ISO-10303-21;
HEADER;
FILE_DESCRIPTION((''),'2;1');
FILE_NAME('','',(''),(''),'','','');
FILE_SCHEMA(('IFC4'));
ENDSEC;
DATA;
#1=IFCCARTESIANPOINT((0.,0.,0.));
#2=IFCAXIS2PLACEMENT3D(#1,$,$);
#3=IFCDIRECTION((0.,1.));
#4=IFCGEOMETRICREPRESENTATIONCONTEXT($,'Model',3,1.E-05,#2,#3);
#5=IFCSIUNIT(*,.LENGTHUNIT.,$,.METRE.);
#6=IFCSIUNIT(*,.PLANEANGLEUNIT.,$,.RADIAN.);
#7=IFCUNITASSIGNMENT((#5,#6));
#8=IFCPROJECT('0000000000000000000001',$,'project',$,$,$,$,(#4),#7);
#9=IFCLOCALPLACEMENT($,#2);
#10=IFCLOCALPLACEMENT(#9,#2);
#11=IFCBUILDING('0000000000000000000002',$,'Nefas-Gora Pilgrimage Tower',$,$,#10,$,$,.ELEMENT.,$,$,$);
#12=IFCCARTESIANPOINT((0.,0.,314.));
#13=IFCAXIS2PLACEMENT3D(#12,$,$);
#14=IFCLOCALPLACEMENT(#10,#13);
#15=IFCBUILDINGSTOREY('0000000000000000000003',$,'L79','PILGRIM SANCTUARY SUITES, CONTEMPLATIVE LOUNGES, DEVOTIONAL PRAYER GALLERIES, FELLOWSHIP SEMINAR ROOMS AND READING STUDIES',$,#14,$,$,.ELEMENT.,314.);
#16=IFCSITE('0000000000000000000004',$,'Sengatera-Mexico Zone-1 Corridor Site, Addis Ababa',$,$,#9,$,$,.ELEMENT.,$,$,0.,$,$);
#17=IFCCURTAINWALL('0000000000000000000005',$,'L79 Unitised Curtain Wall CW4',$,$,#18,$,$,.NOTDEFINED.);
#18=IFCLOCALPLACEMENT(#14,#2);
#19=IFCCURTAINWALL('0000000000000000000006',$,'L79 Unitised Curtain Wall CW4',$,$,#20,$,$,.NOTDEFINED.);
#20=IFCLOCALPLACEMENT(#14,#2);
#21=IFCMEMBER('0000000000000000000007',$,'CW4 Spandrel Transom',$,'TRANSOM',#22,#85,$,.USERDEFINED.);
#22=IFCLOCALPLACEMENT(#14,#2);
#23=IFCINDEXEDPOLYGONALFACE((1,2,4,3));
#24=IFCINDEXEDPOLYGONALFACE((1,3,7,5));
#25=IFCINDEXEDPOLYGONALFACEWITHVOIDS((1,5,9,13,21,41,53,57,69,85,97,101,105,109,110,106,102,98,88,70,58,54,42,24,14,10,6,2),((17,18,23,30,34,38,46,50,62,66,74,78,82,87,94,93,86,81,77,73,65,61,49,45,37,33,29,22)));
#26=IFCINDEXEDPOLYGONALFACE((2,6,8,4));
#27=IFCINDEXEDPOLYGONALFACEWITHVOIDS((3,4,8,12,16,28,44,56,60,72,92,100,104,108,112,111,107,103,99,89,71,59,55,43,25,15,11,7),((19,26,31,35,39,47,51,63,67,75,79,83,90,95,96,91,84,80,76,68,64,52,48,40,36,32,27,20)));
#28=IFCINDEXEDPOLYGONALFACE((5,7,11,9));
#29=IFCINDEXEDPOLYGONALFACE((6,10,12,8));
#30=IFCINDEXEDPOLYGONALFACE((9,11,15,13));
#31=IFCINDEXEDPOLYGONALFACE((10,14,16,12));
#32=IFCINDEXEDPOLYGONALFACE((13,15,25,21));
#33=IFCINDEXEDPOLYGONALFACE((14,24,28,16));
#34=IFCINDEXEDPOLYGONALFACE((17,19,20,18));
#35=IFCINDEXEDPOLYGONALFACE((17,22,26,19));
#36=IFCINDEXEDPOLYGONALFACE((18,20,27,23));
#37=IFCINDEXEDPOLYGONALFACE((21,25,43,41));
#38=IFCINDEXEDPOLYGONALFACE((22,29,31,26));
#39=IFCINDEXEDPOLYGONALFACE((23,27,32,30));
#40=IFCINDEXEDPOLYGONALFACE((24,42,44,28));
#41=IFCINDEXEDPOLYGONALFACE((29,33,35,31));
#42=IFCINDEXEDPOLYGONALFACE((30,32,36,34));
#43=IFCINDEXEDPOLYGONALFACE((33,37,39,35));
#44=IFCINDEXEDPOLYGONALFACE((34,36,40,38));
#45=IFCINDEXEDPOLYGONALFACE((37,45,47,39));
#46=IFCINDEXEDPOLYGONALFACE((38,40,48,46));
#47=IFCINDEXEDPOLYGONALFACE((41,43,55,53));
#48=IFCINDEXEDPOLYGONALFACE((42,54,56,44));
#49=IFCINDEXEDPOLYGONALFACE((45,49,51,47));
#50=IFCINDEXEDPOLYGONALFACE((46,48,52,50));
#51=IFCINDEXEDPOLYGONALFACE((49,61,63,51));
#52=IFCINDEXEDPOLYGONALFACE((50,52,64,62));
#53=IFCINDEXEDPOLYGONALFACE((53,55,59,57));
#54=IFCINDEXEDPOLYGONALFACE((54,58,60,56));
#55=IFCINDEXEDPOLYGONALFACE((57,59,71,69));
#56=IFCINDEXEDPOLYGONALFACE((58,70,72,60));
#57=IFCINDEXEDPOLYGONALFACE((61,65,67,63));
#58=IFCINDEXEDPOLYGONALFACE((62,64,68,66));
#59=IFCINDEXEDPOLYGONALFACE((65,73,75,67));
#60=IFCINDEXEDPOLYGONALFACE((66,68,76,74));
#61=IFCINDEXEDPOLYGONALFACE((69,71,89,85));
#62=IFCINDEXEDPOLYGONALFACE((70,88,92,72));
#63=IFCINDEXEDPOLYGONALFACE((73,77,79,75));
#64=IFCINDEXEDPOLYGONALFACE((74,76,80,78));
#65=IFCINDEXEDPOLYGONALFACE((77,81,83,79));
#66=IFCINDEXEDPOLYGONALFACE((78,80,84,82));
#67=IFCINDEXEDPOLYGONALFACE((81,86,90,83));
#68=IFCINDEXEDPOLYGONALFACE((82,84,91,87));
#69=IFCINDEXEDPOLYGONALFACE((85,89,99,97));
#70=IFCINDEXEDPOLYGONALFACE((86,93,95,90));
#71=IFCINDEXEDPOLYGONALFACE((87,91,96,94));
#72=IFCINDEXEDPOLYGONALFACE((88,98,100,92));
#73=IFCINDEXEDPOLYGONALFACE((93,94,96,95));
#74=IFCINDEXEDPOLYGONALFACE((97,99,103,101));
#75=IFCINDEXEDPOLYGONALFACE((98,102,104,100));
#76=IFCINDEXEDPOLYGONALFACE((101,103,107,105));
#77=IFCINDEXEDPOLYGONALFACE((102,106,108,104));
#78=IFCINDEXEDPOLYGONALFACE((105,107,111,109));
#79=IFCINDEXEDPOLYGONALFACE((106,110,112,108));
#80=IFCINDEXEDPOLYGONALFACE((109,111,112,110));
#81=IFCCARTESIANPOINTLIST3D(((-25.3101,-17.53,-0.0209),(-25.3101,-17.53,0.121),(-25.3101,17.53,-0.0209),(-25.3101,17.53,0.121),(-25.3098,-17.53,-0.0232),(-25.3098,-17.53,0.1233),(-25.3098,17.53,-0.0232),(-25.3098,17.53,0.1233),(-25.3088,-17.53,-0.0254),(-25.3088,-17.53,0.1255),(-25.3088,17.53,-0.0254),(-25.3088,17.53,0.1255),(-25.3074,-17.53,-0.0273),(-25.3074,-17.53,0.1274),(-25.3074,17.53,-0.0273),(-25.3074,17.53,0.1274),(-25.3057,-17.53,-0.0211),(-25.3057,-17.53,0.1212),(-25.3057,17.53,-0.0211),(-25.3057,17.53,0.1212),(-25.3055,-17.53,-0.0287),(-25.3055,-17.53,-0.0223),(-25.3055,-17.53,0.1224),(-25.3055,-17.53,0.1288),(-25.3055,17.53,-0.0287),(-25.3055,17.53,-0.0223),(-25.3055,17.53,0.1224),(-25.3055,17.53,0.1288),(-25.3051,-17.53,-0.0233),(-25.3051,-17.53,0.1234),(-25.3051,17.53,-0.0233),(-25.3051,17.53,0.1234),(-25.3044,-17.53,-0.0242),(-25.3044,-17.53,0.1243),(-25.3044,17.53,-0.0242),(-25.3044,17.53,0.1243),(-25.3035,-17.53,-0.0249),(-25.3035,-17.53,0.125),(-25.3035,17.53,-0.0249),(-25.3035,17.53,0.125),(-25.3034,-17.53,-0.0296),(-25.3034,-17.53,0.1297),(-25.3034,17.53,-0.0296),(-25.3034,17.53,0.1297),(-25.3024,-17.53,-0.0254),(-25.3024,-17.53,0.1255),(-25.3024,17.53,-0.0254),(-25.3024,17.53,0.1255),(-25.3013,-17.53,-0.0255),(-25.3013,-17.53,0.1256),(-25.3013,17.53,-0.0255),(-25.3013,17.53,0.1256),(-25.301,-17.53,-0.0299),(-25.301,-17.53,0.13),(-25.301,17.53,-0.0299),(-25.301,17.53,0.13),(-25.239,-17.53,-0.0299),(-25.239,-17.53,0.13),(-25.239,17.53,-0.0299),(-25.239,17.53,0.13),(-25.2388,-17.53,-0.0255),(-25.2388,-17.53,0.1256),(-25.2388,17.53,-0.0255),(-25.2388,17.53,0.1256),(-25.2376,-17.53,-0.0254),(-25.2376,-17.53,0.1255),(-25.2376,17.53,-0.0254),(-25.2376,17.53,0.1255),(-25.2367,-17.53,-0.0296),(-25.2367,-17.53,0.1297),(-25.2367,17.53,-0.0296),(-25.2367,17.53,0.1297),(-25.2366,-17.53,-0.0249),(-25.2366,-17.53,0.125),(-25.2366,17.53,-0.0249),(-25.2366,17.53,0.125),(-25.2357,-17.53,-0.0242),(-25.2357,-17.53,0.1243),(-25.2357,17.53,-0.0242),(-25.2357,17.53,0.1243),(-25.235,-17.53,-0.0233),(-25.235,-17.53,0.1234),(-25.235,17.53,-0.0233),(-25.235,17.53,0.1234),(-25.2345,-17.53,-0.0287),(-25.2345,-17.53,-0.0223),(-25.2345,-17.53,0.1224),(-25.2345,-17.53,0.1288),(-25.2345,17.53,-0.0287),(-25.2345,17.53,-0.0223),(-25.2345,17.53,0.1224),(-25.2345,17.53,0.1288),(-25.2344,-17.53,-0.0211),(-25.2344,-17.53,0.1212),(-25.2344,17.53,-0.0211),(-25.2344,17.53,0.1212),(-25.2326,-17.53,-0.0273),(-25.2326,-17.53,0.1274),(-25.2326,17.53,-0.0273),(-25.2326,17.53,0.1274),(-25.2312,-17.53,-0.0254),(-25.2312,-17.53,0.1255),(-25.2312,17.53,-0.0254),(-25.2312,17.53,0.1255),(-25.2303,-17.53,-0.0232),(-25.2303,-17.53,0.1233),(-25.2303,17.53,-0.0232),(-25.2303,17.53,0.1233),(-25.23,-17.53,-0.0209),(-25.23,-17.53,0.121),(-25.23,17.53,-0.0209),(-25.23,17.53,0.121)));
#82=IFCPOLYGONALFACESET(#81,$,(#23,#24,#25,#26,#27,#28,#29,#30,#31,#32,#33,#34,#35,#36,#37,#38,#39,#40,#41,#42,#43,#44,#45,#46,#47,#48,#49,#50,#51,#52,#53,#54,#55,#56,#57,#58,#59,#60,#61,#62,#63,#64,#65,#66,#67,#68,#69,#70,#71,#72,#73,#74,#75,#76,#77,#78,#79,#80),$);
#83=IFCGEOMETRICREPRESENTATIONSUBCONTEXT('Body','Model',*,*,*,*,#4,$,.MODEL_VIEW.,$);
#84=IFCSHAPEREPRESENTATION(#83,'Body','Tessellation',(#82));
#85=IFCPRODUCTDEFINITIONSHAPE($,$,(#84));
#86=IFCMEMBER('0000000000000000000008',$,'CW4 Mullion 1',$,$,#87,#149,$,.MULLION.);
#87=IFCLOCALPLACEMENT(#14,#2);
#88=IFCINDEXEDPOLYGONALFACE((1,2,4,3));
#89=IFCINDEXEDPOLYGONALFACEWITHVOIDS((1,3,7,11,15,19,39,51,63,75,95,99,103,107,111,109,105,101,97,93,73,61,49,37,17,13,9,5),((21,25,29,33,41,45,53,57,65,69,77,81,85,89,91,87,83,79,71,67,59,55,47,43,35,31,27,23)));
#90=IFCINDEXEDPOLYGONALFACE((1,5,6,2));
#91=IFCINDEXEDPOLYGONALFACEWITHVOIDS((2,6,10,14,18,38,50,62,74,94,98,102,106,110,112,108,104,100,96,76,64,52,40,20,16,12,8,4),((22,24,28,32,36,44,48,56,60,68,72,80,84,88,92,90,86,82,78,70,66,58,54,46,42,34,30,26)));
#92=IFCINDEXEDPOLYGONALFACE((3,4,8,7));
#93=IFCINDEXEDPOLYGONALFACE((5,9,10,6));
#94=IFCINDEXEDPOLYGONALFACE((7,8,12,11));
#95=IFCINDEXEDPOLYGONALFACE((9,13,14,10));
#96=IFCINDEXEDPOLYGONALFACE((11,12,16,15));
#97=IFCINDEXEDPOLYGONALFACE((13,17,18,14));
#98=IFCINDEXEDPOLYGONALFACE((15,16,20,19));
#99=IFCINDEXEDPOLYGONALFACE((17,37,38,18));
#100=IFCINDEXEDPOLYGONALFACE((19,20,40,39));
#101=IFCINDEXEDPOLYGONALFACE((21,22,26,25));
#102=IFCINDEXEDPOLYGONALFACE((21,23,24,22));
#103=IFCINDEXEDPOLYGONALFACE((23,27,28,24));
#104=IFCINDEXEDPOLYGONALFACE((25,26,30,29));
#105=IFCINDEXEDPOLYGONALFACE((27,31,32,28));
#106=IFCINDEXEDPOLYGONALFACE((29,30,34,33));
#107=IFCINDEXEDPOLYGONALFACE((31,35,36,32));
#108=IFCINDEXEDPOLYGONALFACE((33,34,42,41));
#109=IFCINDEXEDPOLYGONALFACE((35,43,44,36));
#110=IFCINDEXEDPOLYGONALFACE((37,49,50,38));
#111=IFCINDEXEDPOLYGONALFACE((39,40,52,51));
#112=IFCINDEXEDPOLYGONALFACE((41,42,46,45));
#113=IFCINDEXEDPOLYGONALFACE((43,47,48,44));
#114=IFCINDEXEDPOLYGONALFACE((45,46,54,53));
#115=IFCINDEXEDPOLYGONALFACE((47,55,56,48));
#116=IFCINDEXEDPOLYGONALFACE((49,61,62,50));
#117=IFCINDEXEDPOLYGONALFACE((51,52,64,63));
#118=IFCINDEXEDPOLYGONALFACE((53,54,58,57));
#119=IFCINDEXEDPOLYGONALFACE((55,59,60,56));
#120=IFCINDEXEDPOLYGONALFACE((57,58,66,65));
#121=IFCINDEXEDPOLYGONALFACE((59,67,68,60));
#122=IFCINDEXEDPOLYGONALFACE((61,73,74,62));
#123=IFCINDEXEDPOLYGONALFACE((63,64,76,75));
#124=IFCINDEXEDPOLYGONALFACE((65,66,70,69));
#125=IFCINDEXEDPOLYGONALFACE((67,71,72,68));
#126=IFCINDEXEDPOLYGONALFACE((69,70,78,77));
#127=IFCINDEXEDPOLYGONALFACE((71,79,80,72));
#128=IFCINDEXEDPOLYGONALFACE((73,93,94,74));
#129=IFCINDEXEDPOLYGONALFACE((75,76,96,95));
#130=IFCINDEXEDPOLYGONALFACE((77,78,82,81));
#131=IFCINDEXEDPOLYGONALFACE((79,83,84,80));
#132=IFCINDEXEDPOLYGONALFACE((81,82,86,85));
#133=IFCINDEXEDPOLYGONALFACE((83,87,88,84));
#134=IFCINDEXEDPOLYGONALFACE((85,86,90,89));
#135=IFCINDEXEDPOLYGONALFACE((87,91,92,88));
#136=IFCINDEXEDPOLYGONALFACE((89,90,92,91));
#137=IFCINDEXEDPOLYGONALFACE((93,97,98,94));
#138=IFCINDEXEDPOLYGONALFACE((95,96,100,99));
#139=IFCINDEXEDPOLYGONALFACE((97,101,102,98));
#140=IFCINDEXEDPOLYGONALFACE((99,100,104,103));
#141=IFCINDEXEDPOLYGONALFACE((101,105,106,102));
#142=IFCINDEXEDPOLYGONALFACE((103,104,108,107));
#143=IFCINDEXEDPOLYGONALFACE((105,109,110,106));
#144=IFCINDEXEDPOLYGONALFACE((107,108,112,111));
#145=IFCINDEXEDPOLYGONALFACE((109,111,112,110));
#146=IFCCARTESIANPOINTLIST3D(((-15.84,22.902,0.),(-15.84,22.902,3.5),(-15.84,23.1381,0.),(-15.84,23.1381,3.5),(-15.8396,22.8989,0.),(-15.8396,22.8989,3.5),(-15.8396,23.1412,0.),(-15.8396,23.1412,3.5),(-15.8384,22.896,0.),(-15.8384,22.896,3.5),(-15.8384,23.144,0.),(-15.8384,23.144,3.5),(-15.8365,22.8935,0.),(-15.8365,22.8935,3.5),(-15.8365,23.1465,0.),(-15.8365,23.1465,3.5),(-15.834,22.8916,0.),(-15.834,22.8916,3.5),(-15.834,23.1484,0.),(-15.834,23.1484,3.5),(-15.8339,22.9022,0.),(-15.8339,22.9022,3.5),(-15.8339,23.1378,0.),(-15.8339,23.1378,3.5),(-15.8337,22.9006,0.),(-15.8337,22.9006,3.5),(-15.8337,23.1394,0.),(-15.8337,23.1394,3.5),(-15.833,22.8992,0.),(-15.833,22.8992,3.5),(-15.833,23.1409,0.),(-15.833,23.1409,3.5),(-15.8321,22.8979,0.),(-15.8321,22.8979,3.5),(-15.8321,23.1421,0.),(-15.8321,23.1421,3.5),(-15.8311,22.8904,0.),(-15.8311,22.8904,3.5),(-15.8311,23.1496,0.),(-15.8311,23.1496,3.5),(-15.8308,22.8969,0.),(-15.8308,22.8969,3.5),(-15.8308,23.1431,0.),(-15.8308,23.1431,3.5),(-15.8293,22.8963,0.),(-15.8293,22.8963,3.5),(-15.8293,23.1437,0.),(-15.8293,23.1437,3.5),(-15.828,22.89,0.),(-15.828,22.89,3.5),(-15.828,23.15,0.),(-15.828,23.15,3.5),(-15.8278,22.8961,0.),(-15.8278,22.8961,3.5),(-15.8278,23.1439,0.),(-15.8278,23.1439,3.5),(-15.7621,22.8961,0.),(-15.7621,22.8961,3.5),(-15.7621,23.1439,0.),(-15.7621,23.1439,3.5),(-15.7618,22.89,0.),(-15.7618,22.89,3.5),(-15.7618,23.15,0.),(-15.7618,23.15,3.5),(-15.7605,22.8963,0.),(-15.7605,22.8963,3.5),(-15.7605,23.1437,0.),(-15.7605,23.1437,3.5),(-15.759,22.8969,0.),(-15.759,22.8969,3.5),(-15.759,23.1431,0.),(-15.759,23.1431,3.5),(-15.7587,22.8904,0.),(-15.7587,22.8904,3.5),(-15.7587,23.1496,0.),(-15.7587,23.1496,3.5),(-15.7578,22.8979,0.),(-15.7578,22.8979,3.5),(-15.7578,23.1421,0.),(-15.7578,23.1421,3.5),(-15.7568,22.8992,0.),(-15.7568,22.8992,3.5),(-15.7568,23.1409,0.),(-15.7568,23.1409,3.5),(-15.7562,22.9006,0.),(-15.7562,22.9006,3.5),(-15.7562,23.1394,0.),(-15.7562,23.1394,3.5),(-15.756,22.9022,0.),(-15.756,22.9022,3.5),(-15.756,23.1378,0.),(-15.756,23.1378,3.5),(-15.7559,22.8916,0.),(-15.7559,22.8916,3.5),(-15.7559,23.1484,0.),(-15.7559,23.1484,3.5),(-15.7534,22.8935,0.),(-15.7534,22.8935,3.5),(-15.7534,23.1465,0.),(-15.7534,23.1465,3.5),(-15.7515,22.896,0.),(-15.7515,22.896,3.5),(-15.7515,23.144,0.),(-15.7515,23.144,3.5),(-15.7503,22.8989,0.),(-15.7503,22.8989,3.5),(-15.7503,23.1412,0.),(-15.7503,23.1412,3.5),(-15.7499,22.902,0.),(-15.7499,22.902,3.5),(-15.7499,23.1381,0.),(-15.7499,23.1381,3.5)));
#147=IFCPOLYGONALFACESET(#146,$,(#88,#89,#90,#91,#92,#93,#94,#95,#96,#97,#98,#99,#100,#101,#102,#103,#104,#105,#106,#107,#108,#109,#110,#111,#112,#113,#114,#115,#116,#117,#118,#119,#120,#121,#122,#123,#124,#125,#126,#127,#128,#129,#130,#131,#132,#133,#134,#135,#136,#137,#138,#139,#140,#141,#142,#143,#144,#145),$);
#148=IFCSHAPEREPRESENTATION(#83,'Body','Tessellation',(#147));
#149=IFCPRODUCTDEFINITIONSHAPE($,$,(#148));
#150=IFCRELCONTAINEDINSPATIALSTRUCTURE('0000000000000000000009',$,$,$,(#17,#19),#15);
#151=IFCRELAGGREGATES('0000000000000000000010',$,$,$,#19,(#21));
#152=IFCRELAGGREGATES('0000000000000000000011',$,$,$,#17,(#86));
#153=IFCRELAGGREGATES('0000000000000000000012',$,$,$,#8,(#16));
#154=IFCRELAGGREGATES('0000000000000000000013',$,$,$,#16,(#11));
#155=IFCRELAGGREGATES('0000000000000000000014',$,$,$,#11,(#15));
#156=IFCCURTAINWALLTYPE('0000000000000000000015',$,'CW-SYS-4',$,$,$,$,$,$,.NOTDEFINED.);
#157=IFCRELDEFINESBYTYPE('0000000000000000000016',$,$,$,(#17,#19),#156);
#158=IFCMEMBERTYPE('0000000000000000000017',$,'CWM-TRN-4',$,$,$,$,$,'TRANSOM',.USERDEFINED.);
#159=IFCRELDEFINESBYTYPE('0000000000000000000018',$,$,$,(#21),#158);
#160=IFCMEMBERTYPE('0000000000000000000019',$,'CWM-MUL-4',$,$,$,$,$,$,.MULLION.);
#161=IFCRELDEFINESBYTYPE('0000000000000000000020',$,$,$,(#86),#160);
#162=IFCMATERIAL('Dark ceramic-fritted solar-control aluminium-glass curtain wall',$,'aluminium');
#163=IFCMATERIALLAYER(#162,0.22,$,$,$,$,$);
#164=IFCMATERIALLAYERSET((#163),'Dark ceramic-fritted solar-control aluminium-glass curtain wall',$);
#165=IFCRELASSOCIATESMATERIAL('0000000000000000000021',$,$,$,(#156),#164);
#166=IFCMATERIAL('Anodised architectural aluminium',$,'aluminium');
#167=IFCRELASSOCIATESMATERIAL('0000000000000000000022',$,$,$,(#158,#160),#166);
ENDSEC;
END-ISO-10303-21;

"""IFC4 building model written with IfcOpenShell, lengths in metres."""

from ifc_helpers import new_model, si_unit, direction, frame, origin, origin_2d, place, context, subcontext, project, spatial, hollow_rectangle, extrude, source, transform, mapped, material, layer, layer_set, material_profile, profile_set, type_object, element, aggregate, save


model = new_model("IFC4")

# Units and contexts
model_context = context("Model", 3, precision=1e-05, world=origin(), true_north=direction((0.0, 1.0)))
body_context = subcontext(model_context, "Body", "Model", "MODEL_VIEW")
ifc_project = project(units=[si_unit("LENGTHUNIT", "METRE"), si_unit("PLANEANGLEUNIT", "RADIAN")], contexts=[model_context])

# Site, building, storey
site_placement = place(None, origin())
site = spatial("IfcSite", under=ifc_project, at=site_placement, Name="Sengatera-Mexico Zone-1 Corridor Site, Addis Ababa", CompositionType="ELEMENT", RefElevation=0.0)
building_placement = place(site_placement, origin())
building = spatial("IfcBuilding", under=site, at=building_placement, Name="Nefas-Gora Pilgrimage Tower", CompositionType="ELEMENT")
storey_placement = place(building_placement, frame((0.0, 0.0, 314.0)))
storey = spatial("IfcBuildingStorey", under=building, at=storey_placement, Name="L79", Description="PILGRIM SANCTUARY SUITES, CONTEMPLATIVE LOUNGES, DEVOTIONAL PRAYER GALLERIES, FELLOWSHIP SEMINAR ROOMS AND READING STUDIES", CompositionType="ELEMENT", Elevation=314.0)

# Curtain walls, member
ifc_material_1 = material(Name="Dark ceramic-fritted solar-control aluminium-glass curtain wall", Category="aluminium")
ifc_material_2 = material(Name="Anodised architectural aluminium", Category="aluminium")
ifc_layer_1 = layer(ifc_material_1, 0.22)
ifc_layer_set_1 = layer_set([ifc_layer_1], Name="Dark ceramic-fritted solar-control aluminium-glass curtain wall")
curtain_wall_type_1 = type_object("IfcCurtainWallType", Name="CW-SYS-4", PredefinedType="NOTDEFINED", material=ifc_layer_set_1)
curtain_wall_1_placement = place(storey_placement, origin())
curtain_wall_1 = element("IfcCurtainWall", 1, at=curtain_wall_1_placement, inside=storey, type_object=curtain_wall_type_1, Name="L79 Unitised Curtain Wall CW4", PredefinedType="NOTDEFINED")
ifc_material_profile_1 = material_profile(ifc_material_2, hollow_rectangle(XDim=0.0801, YDim=0.1599, WallThickness=0.0044, InnerFilletRadius=0.0044, OuterFilletRadius=0.009, at=origin_2d()), Name="ALU TRANSOM 80x160")
ifc_profile_set_1 = profile_set([ifc_material_profile_1], Name="Anodised architectural aluminium")
member_type_1 = type_object("IfcMemberType", Name="CWM-TRN-4", ElementType="TRANSOM", PredefinedType="USERDEFINED", material=ifc_profile_set_1)
curtain_wall_2_placement = place(storey_placement, origin())
curtain_wall_2 = element("IfcCurtainWall", 2, at=curtain_wall_2_placement, inside=storey, type_object=curtain_wall_type_1, Name="L79 Unitised Curtain Wall CW4", PredefinedType="NOTDEFINED")
shared_shape_1 = source(origin(), body_context, "Body", "SweptSolid", [
    extrude(hollow_rectangle(XDim=0.0801, YDim=0.1599, WallThickness=0.0044, InnerFilletRadius=0.0044, OuterFilletRadius=0.009, at=origin_2d()), origin(), (0.0, 0.0, 1.0), 35.0601),
])
member_1_placement = place(storey_placement, frame((-25.27, 17.53, 0.05), z_axis=(0.0, -1.0, 0.0), x_axis=(1.0, 0.0, 0.0)))
member_1 = element("IfcMember", 3, at=member_1_placement, type_object=member_type_1, Name="CW4 Spandrel Transom", ObjectType="TRANSOM", PredefinedType="USERDEFINED", context=body_context, shape_type="MappedRepresentation", body=[
    mapped(shared_shape_1, transform((0.0, 0.0, 0.0), x_axis=(1.0, 0.0, 0.0), y_axis=(0.0, 1.0, 0.0), z_axis=(0.0, 0.0, 1.0), scale=1.0)),
])

# Member
ifc_material_profile_2 = material_profile(ifc_material_2, hollow_rectangle(XDim=0.0901, YDim=0.26, WallThickness=0.0061, InnerFilletRadius=0.0061, OuterFilletRadius=0.012, at=origin_2d()), Name="ALU MULLION 90x260")
ifc_profile_set_2 = profile_set([ifc_material_profile_2], Name="Anodised architectural aluminium")
member_type_2 = type_object("IfcMemberType", Name="CWM-MUL-4", PredefinedType="MULLION", material=ifc_profile_set_2)
shared_shape_2 = source(origin(), body_context, "Body", "SweptSolid", [
    extrude(hollow_rectangle(XDim=0.0901, YDim=0.26, WallThickness=0.0061, InnerFilletRadius=0.0061, OuterFilletRadius=0.012, at=origin_2d()), origin(), (0.0, 0.0, 1.0), 3.5),
])
member_2_placement = place(storey_placement, frame((-15.7949, 23.02, 0.0), z_axis=(0.0, 0.0, 1.0), x_axis=(-1.0, 0.0, 0.0)))
member_2 = element("IfcMember", 4, at=member_2_placement, type_object=member_type_2, Name="CW4 Mullion 1", PredefinedType="MULLION", context=body_context, shape_type="MappedRepresentation", body=[
    mapped(shared_shape_2, transform((0.0, 0.0, 0.0), x_axis=(1.0, 0.0, 0.0), y_axis=(0.0, 1.0, 0.0), z_axis=(0.0, 0.0, 1.0), scale=1.0)),
])
aggregate(curtain_wall_2, [member_1])

aggregate(curtain_wall_1, [member_2])

save(model, "model.ifc")
